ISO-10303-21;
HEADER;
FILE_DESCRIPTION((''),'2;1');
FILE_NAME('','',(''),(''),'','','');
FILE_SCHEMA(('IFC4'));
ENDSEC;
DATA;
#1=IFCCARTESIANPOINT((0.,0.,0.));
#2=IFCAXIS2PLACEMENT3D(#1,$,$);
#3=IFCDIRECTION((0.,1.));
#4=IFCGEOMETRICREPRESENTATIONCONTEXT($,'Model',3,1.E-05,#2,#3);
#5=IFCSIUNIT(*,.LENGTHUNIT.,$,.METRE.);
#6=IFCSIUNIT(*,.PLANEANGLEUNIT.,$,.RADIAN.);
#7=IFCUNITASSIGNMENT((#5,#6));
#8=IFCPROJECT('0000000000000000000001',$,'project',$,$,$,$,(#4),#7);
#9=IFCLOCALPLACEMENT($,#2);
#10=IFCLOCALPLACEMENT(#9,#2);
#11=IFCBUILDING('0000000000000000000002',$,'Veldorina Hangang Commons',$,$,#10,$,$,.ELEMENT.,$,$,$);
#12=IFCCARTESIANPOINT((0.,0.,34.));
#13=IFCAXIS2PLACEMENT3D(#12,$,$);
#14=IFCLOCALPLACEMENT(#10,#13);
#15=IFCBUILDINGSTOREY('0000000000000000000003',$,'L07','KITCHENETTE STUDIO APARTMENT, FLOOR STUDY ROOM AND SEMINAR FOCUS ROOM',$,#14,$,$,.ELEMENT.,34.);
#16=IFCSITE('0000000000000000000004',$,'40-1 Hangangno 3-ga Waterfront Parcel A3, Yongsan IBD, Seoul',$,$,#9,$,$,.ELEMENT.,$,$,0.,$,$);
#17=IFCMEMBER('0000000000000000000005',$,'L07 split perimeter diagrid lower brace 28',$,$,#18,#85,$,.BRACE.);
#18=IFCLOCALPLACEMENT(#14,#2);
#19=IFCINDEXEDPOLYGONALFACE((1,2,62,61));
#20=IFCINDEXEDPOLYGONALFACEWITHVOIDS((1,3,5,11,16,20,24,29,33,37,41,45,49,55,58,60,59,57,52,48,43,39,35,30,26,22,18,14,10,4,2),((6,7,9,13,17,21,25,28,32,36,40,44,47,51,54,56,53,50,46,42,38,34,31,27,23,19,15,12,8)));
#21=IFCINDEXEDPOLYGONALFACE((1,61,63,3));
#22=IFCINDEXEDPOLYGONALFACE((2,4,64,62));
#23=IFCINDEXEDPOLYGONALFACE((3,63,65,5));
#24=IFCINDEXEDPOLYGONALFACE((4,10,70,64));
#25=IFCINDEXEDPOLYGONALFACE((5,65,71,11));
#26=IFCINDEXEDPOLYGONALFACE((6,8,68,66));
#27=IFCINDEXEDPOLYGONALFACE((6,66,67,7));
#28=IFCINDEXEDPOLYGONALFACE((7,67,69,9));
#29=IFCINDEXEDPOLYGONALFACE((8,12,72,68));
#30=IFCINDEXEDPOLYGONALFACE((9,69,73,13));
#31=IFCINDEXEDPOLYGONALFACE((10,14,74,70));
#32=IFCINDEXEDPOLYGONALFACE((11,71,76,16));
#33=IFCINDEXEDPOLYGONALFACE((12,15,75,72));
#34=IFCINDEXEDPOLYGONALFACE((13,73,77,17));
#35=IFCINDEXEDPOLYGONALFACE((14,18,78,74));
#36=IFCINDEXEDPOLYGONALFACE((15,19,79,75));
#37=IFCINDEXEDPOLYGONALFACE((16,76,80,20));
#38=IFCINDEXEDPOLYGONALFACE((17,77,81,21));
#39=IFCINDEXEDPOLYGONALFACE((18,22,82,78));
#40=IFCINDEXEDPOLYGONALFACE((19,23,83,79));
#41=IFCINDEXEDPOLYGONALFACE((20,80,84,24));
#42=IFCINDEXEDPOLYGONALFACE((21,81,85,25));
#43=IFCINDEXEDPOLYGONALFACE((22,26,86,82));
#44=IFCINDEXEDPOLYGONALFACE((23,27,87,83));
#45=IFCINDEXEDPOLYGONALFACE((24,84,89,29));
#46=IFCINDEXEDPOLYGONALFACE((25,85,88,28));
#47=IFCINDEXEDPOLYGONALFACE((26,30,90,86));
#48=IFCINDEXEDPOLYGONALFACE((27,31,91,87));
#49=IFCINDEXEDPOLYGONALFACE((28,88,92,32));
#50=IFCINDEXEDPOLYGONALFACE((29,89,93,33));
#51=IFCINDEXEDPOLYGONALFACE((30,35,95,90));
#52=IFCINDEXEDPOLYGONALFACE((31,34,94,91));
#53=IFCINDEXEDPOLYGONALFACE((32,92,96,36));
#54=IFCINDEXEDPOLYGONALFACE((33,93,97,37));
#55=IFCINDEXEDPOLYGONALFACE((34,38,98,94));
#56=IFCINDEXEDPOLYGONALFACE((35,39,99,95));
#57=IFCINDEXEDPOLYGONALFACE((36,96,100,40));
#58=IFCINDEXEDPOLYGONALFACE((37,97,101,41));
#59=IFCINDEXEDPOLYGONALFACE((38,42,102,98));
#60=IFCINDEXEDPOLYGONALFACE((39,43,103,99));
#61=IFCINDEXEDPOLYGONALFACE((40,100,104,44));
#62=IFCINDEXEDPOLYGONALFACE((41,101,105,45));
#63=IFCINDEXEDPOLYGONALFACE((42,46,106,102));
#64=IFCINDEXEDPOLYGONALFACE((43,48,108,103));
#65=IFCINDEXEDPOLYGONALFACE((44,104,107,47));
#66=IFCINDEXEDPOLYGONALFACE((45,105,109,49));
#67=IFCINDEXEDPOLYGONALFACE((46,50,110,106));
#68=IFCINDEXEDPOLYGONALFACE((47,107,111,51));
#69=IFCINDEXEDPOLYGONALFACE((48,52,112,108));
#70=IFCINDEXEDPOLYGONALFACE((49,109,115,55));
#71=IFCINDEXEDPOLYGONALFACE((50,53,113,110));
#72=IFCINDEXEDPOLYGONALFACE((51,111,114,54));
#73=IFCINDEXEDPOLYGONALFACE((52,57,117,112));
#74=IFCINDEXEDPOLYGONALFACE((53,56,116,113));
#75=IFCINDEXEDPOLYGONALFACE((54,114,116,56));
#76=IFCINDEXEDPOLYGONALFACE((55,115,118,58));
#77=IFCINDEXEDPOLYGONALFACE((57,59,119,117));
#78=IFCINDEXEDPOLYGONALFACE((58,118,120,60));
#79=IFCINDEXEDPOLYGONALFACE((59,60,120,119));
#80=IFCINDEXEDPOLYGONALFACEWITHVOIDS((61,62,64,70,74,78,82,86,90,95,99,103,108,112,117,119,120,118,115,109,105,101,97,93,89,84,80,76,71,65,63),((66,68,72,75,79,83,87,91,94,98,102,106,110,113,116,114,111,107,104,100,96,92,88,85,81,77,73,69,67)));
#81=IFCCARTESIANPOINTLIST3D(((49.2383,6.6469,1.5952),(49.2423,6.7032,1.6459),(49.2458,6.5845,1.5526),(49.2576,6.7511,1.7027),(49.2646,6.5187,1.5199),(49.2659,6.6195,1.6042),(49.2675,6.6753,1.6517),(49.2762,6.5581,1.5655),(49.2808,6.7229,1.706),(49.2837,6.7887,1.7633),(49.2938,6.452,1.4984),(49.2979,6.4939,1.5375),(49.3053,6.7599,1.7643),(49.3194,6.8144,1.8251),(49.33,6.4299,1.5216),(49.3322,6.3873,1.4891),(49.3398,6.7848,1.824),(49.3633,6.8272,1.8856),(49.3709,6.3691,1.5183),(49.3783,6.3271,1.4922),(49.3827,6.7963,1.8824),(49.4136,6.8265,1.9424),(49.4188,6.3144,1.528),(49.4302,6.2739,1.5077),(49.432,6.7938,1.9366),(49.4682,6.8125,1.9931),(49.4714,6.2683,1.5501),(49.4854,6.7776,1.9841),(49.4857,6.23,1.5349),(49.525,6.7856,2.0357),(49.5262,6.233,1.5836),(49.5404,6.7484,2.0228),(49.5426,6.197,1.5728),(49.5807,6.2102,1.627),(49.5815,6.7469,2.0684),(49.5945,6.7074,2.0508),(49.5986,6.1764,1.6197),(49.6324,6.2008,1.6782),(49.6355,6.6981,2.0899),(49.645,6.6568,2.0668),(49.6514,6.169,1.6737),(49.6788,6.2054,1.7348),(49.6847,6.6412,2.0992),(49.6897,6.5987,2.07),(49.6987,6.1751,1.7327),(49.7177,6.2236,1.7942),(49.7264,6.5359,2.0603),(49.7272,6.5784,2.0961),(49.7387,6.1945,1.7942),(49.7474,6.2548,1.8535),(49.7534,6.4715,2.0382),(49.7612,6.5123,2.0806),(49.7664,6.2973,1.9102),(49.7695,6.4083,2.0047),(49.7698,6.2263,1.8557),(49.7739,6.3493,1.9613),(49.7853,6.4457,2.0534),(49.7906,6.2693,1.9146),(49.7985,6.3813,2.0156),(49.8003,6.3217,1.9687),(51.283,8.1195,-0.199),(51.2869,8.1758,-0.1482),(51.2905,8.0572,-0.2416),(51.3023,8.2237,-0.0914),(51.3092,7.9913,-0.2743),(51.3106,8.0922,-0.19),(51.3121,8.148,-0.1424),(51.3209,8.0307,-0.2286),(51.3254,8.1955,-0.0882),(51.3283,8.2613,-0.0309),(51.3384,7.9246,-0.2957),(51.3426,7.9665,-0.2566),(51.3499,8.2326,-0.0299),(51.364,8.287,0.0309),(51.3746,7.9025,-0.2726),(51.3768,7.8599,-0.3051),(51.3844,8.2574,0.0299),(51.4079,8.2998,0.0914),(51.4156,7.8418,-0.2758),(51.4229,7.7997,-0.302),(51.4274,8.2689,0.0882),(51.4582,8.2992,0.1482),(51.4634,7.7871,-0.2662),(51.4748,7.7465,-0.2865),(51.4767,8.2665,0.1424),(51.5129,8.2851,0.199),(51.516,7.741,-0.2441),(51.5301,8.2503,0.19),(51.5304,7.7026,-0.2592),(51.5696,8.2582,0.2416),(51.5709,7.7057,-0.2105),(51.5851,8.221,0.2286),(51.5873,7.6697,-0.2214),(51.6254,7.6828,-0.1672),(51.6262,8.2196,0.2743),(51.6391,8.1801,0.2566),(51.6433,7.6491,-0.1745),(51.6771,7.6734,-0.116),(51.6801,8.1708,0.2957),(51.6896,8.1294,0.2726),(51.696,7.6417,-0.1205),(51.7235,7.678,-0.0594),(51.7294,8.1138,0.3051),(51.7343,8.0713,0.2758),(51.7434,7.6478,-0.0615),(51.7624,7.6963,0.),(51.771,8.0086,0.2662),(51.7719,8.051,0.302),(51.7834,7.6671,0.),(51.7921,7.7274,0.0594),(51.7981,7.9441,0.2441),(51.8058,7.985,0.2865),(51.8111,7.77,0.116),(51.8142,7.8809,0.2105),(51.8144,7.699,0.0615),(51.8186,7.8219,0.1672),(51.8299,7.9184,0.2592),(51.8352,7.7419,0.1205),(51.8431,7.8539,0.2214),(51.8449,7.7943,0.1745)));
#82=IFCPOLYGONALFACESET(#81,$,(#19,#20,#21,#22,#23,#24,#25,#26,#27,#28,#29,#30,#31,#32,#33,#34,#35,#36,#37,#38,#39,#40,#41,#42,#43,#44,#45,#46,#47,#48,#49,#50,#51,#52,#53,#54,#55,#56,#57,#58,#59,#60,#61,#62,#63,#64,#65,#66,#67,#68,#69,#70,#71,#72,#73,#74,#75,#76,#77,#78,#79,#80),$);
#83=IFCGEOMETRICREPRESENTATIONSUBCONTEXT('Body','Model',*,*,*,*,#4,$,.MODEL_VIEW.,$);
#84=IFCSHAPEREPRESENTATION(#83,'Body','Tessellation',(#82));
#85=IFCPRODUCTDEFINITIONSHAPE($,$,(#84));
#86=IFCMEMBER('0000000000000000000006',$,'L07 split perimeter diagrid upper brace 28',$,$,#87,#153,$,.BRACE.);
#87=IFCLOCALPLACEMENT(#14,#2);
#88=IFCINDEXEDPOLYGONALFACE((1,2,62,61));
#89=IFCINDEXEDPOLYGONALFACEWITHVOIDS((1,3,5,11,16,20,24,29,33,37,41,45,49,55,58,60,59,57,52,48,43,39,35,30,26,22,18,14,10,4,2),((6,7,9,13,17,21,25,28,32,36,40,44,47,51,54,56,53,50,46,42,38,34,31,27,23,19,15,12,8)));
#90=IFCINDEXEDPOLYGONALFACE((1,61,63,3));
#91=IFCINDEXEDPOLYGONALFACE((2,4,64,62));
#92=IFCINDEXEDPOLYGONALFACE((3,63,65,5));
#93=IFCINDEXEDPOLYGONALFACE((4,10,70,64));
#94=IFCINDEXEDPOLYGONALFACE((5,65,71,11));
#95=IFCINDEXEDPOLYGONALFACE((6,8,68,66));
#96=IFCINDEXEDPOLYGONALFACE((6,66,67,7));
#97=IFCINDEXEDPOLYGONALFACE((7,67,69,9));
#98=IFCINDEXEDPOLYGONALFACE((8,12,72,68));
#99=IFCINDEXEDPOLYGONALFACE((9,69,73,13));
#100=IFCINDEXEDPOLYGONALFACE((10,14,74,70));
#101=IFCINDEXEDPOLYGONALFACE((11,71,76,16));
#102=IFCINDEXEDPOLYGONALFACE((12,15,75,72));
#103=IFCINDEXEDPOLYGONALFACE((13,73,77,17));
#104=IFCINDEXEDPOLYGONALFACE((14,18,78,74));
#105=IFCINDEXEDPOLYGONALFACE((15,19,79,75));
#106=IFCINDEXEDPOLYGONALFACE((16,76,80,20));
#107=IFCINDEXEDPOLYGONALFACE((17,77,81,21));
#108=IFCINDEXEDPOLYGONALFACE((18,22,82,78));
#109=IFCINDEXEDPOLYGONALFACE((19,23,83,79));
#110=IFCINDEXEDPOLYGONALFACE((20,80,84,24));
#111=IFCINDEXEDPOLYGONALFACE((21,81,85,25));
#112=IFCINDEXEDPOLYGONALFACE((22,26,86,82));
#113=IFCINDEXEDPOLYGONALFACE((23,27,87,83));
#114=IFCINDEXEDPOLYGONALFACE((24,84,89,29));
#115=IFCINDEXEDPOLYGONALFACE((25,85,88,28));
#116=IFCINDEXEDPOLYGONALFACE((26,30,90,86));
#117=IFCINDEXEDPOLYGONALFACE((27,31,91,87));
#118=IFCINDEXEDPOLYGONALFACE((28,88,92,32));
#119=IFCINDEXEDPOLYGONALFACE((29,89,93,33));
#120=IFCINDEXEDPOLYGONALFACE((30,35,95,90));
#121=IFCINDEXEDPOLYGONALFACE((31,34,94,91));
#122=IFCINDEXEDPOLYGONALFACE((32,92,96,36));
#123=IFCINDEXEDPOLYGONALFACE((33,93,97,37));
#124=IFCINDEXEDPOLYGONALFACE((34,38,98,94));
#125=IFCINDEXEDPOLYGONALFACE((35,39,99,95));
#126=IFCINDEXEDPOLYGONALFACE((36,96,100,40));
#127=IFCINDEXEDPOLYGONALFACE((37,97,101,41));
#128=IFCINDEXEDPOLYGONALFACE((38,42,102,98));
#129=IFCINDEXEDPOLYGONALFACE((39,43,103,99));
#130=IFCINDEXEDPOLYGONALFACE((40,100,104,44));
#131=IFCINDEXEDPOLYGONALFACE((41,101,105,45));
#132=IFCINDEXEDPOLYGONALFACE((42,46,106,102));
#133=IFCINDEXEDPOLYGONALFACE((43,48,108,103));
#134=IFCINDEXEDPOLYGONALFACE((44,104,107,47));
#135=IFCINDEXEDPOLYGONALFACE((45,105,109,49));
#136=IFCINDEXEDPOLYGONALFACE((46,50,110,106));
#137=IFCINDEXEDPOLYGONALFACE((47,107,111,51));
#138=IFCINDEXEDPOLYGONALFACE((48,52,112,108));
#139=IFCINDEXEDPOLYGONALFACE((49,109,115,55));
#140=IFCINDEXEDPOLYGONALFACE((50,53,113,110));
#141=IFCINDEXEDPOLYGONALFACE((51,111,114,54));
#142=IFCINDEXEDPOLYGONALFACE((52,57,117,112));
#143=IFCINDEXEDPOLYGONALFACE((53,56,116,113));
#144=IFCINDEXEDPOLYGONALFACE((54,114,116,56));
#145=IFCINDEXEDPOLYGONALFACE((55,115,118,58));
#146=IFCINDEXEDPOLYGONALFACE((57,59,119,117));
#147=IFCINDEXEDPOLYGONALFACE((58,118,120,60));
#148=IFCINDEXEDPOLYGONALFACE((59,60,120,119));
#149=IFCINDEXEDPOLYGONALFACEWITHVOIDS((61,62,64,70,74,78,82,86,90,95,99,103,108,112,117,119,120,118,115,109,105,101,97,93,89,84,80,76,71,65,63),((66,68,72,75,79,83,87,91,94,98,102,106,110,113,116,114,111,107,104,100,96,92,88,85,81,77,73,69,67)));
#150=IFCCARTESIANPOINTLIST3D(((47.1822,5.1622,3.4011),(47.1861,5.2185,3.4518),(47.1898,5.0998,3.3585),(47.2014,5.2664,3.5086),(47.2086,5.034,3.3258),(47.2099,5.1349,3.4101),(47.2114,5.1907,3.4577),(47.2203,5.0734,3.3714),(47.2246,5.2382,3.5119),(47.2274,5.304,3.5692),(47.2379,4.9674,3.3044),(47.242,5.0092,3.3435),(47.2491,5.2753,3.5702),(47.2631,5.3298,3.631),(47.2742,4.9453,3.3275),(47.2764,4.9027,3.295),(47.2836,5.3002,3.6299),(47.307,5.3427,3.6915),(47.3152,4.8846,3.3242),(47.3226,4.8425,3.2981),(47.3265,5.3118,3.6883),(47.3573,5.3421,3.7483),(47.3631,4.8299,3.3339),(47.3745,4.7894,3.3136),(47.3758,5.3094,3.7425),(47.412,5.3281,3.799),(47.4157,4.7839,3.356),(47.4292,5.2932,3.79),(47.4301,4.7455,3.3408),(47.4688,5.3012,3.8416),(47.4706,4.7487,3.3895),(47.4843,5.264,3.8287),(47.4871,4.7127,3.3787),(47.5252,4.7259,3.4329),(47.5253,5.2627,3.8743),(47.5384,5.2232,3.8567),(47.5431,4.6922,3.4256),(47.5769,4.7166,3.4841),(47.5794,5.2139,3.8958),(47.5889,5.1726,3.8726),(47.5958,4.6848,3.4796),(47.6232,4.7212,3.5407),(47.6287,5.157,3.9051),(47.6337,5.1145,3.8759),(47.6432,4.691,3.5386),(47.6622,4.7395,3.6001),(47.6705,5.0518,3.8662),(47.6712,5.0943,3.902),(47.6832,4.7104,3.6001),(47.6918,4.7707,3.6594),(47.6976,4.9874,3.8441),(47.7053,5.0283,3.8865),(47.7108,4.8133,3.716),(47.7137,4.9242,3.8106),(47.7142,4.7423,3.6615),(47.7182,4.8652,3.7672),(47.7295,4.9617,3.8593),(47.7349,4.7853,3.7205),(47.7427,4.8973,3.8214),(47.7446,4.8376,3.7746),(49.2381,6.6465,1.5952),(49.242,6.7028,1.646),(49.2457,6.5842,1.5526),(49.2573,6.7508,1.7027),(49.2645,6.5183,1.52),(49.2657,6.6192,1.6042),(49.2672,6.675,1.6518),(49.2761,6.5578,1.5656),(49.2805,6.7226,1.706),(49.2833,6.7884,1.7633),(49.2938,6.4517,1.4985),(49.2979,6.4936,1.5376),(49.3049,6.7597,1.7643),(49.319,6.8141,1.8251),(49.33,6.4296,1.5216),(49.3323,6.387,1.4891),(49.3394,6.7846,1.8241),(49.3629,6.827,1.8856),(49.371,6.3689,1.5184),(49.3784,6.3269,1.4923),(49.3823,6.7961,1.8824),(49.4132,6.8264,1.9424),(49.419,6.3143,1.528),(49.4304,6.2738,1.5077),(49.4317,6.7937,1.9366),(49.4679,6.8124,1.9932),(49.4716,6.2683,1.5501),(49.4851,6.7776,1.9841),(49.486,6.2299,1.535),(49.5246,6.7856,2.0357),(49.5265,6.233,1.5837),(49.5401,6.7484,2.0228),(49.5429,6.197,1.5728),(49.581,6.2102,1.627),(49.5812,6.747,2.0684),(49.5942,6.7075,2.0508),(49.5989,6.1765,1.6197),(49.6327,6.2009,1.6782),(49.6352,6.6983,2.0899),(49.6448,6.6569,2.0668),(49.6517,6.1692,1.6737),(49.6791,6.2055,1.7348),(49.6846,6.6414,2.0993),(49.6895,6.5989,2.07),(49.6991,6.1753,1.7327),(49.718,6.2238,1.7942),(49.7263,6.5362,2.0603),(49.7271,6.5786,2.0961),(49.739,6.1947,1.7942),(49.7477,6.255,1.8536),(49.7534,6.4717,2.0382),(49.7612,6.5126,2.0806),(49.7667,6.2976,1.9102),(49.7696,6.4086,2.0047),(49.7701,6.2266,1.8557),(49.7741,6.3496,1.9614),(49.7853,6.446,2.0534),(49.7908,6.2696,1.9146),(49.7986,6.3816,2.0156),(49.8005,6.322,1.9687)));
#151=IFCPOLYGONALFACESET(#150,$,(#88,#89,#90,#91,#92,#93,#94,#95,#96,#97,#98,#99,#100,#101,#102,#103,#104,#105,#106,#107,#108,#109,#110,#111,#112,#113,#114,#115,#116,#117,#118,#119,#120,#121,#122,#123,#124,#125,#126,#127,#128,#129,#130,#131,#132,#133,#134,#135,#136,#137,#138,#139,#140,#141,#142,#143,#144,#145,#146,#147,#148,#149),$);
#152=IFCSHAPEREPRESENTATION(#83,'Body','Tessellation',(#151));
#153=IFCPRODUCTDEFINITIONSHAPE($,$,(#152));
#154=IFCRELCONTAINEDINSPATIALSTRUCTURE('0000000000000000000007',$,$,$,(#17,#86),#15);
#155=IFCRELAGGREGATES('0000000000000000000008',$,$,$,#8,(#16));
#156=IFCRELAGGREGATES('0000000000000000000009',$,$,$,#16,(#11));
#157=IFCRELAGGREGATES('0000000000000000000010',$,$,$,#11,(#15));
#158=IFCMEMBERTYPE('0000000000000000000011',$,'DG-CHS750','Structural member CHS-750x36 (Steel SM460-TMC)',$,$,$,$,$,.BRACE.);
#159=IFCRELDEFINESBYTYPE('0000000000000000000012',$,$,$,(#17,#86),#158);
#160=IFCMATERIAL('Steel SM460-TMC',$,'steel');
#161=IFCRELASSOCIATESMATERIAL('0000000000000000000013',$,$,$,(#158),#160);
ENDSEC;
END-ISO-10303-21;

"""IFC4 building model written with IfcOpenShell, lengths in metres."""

from ifc_helpers import new_model, si_unit, direction, frame, origin, origin_2d, place, context, subcontext, project, spatial, hollow_circle, extrude, material, material_profile, profile_set, type_object, element, save


model = new_model("IFC4")

# Units and contexts
model_context = context("Model", 3, precision=1e-05, world=origin(), true_north=direction((0.0, 1.0)))
body_context = subcontext(model_context, "Body", "Model", "MODEL_VIEW")
ifc_project = project(units=[si_unit("LENGTHUNIT", "METRE"), si_unit("PLANEANGLEUNIT", "RADIAN")], contexts=[model_context])

# Site, building, storey
site_placement = place(None, origin())
site = spatial("IfcSite", under=ifc_project, at=site_placement, Name="40-1 Hangangno 3-ga Waterfront Parcel A3, Yongsan IBD, Seoul", CompositionType="ELEMENT", RefElevation=0.0)
building_placement = place(site_placement, origin())
building = spatial("IfcBuilding", under=site, at=building_placement, Name="Veldorina Hangang Commons", CompositionType="ELEMENT")
storey_placement = place(building_placement, frame((0.0, 0.0, 34.0)))
storey = spatial("IfcBuildingStorey", under=building, at=storey_placement, Name="L07", Description="KITCHENETTE STUDIO APARTMENT, FLOOR STUDY ROOM AND SEMINAR FOCUS ROOM", CompositionType="ELEMENT", Elevation=34.0)

# Shared definitions
ifc_material_1 = material(Name="Steel SM460-TMC", Category="steel")

# Members
ifc_material_profile_1 = material_profile(ifc_material_1, hollow_circle(Radius=0.375, WallThickness=0.0359, at=origin_2d()), Name="CHS-750x36")
ifc_profile_set_1 = profile_set([ifc_material_profile_1], Name="Steel SM460-TMC")
member_type_1 = type_object("IfcMemberType", Name="DG-CHS750", Description="Structural member CHS-750x36 (Steel SM460-TMC)", PredefinedType="BRACE", material=ifc_profile_set_1)
member_1_placement = place(storey_placement, frame((51.5642, 7.9714, 0.0), z_axis=(-0.661001, -0.476078, 0.580023), x_axis=(0.584432, -0.811442, 0.0)))
element("IfcMember", 1, at=member_1_placement, inside=storey, type_object=member_type_1, Name="L07 split perimeter diagrid lower brace 28", PredefinedType="BRACE", context=body_context, shape_type="SweptSolid", body=[
    extrude(hollow_circle(Radius=0.375, WallThickness=0.0359, at=origin_2d()), origin(), (0.0, 0.0, 1.0), 3.0933),
])
member_2_placement = place(storey_placement, frame((49.5195, 6.4988, 1.7942), z_axis=(-0.660404, -0.476815, 0.580098), x_axis=(0.585375, -0.810763, 0.0)))
element("IfcMember", 2, at=member_2_placement, inside=storey, type_object=member_type_1, Name="L07 split perimeter diagrid upper brace 28", PredefinedType="BRACE", context=body_context, shape_type="SweptSolid", body=[
    extrude(hollow_circle(Radius=0.375, WallThickness=0.0359, at=origin_2d()), origin(), (0.0, 0.0, 1.0), 3.113),
])

save(model, "model.ifc")
